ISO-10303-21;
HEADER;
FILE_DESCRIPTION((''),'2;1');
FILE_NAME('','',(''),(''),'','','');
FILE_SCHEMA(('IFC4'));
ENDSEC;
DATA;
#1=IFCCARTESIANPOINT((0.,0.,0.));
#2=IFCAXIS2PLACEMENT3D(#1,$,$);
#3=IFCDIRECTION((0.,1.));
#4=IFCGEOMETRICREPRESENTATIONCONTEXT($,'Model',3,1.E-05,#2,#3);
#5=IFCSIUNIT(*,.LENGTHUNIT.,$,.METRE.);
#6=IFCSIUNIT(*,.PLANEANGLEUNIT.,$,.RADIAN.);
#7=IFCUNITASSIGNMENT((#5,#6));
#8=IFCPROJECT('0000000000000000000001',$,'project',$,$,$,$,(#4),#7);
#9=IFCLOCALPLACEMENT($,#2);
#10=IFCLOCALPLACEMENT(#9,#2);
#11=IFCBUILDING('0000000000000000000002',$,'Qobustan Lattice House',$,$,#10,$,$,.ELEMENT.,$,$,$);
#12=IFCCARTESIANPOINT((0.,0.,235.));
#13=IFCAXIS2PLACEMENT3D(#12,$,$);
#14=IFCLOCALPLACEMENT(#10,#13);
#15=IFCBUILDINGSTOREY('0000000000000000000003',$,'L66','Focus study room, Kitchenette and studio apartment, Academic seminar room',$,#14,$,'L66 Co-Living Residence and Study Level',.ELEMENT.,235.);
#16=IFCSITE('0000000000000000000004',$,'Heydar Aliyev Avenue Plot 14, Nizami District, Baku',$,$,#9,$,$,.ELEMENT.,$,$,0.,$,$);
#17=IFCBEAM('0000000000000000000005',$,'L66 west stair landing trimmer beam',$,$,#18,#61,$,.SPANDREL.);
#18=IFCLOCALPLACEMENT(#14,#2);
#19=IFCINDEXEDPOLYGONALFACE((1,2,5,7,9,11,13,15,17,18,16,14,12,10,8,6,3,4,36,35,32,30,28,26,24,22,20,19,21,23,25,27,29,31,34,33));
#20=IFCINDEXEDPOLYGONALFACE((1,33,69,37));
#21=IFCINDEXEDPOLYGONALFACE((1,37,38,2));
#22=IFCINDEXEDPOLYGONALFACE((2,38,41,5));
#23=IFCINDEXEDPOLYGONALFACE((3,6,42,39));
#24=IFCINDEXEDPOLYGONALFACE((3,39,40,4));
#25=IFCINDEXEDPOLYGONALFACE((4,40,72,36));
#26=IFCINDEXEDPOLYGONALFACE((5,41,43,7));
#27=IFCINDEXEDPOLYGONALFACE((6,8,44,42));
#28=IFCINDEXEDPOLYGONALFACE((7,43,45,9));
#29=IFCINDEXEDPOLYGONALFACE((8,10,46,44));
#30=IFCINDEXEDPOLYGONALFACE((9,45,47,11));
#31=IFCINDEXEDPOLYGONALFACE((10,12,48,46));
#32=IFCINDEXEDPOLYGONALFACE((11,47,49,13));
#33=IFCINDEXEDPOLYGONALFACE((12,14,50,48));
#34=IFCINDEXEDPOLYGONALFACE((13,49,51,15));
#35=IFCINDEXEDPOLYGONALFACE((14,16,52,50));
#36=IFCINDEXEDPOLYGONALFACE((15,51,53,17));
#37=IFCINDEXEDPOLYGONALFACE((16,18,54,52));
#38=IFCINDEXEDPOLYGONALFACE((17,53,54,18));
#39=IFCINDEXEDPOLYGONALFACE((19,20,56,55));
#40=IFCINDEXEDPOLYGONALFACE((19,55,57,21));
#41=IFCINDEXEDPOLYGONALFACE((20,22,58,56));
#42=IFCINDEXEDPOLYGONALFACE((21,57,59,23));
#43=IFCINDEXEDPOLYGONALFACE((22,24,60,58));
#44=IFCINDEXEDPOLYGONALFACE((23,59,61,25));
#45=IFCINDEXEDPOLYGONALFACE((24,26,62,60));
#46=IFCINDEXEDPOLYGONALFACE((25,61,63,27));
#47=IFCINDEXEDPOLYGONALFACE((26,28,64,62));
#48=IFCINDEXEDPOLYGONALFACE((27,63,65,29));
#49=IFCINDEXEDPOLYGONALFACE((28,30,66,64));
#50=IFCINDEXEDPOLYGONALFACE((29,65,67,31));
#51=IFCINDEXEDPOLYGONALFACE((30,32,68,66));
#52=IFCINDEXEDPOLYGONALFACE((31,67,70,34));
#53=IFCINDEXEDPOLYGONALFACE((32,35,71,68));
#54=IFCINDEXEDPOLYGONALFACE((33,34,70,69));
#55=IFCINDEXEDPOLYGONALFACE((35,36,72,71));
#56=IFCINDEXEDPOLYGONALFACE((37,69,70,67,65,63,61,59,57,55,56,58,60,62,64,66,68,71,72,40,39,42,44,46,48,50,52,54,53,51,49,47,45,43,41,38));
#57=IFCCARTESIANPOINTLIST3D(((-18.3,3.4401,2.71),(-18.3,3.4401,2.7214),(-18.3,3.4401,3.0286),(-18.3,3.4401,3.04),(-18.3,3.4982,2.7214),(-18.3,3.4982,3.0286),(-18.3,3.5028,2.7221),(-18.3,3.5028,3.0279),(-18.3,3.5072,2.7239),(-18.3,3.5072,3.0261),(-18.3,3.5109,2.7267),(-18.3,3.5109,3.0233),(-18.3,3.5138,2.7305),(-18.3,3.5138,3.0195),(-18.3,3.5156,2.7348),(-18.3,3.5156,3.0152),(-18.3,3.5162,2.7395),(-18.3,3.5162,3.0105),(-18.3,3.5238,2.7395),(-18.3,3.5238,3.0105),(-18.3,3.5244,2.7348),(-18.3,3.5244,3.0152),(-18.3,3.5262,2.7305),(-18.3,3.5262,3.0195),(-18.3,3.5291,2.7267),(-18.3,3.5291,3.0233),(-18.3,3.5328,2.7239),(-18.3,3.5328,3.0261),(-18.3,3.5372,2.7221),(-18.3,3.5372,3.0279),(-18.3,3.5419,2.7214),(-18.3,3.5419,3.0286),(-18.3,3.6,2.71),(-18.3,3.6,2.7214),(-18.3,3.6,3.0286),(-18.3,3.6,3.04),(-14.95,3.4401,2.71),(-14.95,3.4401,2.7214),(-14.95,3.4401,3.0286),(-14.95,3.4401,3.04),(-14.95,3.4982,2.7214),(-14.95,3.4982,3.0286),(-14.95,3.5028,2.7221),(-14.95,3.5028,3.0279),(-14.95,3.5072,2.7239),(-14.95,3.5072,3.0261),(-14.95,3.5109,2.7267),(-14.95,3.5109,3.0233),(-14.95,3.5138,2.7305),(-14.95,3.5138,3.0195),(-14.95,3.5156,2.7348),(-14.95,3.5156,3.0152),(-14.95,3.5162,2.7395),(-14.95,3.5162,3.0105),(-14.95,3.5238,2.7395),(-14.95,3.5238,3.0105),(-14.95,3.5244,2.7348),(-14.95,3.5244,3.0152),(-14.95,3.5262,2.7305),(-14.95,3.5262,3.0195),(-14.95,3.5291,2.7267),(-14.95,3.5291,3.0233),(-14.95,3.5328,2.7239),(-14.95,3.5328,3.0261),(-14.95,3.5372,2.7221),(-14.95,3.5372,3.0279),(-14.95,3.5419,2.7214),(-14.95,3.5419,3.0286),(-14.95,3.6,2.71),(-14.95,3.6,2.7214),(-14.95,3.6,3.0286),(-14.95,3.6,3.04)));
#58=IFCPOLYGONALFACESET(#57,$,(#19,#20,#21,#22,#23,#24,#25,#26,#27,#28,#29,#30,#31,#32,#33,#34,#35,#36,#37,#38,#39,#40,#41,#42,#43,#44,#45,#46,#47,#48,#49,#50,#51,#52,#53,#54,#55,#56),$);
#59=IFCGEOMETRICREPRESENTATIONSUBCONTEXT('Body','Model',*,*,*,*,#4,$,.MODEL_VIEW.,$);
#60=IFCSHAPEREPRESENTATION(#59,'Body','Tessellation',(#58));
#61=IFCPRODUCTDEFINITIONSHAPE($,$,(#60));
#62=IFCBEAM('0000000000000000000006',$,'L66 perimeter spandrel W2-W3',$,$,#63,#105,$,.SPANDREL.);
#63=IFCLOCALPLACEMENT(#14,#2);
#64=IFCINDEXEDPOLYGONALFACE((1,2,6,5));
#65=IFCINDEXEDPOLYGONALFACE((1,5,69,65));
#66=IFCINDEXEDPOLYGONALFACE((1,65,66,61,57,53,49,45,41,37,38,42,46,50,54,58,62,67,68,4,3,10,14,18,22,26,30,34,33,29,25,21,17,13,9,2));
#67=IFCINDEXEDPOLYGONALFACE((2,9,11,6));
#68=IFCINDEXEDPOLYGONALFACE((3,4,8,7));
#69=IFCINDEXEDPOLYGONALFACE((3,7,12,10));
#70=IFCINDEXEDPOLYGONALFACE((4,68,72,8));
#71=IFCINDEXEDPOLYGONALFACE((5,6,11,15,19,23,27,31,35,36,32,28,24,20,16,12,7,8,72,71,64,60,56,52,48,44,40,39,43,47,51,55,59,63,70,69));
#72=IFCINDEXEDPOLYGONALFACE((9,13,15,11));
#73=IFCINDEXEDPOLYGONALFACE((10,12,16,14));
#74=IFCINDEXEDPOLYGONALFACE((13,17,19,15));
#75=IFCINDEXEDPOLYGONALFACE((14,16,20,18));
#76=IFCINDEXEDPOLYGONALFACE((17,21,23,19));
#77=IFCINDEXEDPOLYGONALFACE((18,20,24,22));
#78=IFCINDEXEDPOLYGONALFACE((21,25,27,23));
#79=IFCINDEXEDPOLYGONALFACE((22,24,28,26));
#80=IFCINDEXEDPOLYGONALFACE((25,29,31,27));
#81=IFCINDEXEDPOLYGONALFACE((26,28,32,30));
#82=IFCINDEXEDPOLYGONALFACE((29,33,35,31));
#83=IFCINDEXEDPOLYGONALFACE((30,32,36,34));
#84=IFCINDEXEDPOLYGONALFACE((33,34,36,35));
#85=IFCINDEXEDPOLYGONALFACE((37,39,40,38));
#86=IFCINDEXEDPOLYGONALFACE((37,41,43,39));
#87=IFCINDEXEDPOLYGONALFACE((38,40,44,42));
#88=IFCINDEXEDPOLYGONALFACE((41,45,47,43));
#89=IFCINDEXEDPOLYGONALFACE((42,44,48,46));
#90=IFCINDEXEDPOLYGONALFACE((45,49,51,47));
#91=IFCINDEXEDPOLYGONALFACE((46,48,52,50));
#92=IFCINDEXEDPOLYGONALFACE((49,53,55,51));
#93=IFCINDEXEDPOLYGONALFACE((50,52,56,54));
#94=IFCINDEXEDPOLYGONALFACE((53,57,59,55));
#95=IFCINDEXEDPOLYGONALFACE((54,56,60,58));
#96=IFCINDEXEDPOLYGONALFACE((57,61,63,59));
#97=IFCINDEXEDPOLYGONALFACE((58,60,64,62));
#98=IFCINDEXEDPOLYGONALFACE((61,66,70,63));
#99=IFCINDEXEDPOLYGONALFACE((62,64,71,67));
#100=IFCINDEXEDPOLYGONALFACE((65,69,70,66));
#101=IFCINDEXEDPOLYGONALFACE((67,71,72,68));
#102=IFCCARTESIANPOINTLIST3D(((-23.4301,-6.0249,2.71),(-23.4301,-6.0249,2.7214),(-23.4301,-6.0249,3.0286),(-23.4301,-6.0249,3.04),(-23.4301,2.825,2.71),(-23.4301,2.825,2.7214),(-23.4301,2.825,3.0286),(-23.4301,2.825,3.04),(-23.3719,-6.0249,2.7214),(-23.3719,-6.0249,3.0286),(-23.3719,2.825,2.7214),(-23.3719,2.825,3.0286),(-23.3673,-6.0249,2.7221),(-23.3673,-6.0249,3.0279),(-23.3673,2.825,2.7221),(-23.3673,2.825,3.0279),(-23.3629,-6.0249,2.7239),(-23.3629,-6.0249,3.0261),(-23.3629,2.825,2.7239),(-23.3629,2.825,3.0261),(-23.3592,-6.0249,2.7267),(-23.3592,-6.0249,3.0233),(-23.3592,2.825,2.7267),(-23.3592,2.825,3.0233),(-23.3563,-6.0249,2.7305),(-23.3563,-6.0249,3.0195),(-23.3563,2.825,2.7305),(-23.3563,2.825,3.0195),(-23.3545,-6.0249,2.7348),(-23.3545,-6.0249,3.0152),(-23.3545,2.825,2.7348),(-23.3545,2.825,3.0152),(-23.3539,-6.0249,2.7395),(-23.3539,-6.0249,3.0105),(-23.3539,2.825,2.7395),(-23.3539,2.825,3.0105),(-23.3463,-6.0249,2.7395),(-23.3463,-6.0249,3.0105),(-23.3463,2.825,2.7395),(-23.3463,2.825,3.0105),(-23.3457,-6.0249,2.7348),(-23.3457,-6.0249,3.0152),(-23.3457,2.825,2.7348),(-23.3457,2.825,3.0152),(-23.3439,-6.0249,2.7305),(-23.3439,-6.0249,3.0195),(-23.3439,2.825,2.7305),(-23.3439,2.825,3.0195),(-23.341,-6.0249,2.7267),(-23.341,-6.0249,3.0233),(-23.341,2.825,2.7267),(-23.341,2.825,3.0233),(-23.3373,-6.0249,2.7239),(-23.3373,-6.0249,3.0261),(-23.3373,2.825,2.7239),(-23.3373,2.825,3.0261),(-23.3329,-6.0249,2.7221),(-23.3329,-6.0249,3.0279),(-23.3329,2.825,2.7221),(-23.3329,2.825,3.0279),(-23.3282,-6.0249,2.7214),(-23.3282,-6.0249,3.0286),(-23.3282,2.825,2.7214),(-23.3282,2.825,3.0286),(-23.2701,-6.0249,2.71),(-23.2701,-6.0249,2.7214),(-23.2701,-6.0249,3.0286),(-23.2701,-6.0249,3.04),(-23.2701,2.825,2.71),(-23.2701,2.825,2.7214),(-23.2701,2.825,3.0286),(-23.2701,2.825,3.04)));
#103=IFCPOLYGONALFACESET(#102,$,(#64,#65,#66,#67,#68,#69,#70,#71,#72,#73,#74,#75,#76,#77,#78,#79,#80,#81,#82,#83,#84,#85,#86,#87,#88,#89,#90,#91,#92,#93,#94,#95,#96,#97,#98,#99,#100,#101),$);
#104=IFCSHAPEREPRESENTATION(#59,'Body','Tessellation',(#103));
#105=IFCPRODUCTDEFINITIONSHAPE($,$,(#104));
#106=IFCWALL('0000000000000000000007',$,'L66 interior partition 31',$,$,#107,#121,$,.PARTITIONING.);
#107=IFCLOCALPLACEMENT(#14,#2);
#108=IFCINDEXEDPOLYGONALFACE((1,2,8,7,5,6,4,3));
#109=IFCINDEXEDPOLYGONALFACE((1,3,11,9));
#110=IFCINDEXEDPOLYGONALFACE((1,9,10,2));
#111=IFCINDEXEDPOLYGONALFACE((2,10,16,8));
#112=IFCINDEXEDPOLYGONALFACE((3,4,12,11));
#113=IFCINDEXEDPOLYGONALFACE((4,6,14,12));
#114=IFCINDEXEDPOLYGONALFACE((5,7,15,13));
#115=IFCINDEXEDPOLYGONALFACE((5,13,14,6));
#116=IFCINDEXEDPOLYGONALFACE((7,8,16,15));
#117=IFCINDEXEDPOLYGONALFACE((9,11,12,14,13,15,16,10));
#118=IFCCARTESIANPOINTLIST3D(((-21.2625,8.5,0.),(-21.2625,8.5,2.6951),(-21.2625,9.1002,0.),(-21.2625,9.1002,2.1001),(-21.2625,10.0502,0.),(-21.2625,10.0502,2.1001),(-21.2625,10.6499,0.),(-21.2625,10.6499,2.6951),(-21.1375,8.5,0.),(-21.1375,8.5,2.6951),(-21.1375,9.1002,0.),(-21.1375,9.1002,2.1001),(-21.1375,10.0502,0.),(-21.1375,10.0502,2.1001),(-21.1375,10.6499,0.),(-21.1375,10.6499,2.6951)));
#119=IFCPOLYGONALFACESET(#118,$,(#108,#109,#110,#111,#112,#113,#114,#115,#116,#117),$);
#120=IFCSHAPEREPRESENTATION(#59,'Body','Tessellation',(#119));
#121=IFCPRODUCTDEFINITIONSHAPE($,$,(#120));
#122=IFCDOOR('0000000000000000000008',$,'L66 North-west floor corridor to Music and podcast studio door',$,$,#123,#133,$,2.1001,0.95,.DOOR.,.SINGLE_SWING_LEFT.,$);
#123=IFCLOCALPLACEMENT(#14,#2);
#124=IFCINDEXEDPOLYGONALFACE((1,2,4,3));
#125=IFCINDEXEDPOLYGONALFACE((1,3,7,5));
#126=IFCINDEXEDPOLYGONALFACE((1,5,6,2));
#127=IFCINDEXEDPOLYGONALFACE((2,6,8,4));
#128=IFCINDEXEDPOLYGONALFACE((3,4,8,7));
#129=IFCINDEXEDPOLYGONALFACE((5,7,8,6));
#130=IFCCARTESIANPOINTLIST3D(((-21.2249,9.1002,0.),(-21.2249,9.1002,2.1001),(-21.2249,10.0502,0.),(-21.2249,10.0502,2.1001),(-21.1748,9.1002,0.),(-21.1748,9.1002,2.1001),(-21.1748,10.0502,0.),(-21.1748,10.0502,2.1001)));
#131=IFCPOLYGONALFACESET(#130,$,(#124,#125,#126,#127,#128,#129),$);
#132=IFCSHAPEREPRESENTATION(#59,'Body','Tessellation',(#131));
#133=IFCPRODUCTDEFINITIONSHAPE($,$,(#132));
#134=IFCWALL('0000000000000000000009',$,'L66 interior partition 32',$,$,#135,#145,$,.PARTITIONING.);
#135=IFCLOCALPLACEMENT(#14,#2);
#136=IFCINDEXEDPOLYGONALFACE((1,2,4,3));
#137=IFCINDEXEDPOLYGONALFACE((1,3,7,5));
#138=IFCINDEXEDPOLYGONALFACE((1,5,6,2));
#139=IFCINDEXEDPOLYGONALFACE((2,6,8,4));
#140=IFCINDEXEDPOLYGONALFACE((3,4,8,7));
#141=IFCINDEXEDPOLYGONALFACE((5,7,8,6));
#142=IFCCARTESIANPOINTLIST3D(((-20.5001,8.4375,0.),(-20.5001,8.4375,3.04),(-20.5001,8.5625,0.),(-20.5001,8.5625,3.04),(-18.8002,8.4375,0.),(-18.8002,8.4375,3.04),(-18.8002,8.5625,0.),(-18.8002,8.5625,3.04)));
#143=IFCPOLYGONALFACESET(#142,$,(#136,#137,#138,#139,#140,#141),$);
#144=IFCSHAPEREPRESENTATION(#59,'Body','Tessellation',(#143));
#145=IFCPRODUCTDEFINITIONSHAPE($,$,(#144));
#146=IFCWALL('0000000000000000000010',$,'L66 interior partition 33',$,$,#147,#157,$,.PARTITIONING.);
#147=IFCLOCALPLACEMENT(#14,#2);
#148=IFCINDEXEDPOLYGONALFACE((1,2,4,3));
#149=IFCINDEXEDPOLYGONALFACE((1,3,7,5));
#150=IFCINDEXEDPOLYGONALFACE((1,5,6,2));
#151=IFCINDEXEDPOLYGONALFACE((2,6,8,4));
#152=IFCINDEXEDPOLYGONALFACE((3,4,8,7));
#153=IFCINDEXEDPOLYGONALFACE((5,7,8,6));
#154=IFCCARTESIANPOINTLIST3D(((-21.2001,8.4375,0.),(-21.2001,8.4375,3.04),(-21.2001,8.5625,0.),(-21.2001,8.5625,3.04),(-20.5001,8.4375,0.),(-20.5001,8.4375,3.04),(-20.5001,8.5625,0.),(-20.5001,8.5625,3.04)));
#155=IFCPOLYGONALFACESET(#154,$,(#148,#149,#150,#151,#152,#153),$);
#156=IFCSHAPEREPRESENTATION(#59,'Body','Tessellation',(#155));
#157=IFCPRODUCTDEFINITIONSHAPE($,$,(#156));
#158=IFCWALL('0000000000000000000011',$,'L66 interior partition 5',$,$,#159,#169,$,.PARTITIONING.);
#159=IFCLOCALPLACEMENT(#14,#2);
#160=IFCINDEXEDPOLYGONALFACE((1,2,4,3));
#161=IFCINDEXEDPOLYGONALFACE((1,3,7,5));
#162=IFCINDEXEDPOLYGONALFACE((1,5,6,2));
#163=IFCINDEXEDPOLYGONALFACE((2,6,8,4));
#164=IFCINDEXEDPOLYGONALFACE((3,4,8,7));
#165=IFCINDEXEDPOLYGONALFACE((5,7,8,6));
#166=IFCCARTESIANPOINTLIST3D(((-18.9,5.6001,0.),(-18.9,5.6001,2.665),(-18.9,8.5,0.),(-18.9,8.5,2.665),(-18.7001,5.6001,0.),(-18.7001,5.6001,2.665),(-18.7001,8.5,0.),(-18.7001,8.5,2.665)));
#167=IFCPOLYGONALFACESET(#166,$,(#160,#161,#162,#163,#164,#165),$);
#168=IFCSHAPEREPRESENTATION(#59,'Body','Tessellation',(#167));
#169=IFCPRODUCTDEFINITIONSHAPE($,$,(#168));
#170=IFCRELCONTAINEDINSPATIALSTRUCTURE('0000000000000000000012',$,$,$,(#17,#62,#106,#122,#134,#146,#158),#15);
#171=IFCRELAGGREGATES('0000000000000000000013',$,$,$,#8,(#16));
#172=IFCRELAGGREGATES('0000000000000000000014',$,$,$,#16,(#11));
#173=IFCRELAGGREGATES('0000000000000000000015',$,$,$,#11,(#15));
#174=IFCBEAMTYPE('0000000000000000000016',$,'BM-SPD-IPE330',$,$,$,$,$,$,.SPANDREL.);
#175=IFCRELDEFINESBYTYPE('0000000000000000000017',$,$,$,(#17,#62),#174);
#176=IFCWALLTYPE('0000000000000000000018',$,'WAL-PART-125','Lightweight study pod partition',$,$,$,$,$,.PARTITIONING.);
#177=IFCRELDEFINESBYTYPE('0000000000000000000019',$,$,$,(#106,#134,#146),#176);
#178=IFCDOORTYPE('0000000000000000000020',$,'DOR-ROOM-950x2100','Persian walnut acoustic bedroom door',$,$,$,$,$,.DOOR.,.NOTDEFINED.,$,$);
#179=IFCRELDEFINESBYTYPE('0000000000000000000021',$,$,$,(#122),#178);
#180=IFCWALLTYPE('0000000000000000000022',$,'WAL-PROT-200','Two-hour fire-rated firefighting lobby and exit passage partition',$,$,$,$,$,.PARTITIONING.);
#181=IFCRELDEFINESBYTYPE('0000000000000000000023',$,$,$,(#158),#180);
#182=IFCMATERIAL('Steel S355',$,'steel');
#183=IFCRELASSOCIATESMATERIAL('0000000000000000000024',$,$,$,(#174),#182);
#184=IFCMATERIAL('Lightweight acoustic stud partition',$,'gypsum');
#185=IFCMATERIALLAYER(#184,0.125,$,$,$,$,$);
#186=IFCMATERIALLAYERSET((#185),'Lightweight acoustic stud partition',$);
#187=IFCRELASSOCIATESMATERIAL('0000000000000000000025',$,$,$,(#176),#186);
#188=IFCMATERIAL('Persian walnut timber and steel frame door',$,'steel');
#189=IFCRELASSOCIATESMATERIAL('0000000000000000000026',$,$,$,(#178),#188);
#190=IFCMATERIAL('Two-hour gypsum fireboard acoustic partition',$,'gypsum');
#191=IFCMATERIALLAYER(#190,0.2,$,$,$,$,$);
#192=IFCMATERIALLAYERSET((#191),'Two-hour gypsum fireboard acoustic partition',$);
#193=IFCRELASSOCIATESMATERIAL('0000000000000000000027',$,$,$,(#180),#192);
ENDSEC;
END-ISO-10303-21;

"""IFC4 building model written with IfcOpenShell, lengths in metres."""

from ifc_helpers import new_model, si_unit, direction, frame, frame_2d, origin, origin_2d, place, context, subcontext, project, spatial, rectangle, i_section, extrude, material, layer, layer_set, material_profile, profile_set, type_object, element, fill, save


model = new_model("IFC4")

# Units and contexts
model_context = context("Model", 3, precision=1e-05, world=origin(), true_north=direction((0.0, 1.0)))
body_context = subcontext(model_context, "Body", "Model", "MODEL_VIEW")
ifc_project = project(units=[si_unit("LENGTHUNIT", "METRE"), si_unit("PLANEANGLEUNIT", "RADIAN")], contexts=[model_context])

# Site, building, storey
site_placement = place(None, origin())
site = spatial("IfcSite", under=ifc_project, at=site_placement, Name="Heydar Aliyev Avenue Plot 14, Nizami District, Baku", CompositionType="ELEMENT", RefElevation=0.0)
building_placement = place(site_placement, origin())
building = spatial("IfcBuilding", under=site, at=building_placement, Name="Qobustan Lattice House", CompositionType="ELEMENT")
storey_placement = place(building_placement, frame((0.0, 0.0, 235.0)))
storey = spatial("IfcBuildingStorey", under=building, at=storey_placement, Name="L66", Description="Focus study room, Kitchenette and studio apartment, Academic seminar room", LongName="L66 Co-Living Residence and Study Level", CompositionType="ELEMENT", Elevation=235.0)

# Beams
ifc_material_1 = material(Name="Steel S355", Category="steel")
ifc_material_profile_1 = material_profile(ifc_material_1, i_section(OverallWidth=0.1599, OverallDepth=0.3301, WebThickness=0.0076, FlangeThickness=0.0115, FilletRadius=0.0181, at=origin_2d()), Name="IPE330")
ifc_profile_set_1 = profile_set([ifc_material_profile_1], Name="Steel S355")
beam_type_1 = type_object("IfcBeamType", Name="BM-SPD-IPE330", PredefinedType="SPANDREL", material=ifc_profile_set_1)
beam_1_placement = place(storey_placement, frame((-18.3, 3.52, 2.875), z_axis=(1.0, 0.0, 0.0), x_axis=(0.0, 1.0, 0.0)))
element("IfcBeam", 1, at=beam_1_placement, inside=storey, type_object=beam_type_1, Name="L66 west stair landing trimmer beam", PredefinedType="SPANDREL", context=body_context, shape_type="SweptSolid", body=[
    extrude(i_section(OverallWidth=0.1599, OverallDepth=0.3301, WebThickness=0.0076, FlangeThickness=0.0115, FilletRadius=0.0181, at=origin_2d()), origin(), (0.0, 0.0, 1.0), 3.3501),
])
beam_2_placement = place(storey_placement, frame((-23.3501, 2.825, 2.875), z_axis=(0.0, -1.0, 0.0), x_axis=(1.0, 0.0, 0.0)))
element("IfcBeam", 2, at=beam_2_placement, inside=storey, type_object=beam_type_1, Name="L66 perimeter spandrel W2-W3", PredefinedType="SPANDREL", context=body_context, shape_type="SweptSolid", body=[
    extrude(i_section(OverallWidth=0.1599, OverallDepth=0.3301, WebThickness=0.0076, FlangeThickness=0.0115, FilletRadius=0.0181, at=origin_2d()), origin(), (0.0, 0.0, 1.0), 8.8499),
])

# Wall, opening, door
ifc_material_2 = material(Name="Lightweight acoustic stud partition", Category="gypsum")
ifc_layer_1 = layer(ifc_material_2, 0.125)
ifc_layer_set_1 = layer_set([ifc_layer_1], Name="Lightweight acoustic stud partition")
wall_type_1 = type_object("IfcWallType", Name="WAL-PART-125", Description="Lightweight study pod partition", PredefinedType="PARTITIONING", material=ifc_layer_set_1)
wall_1_placement = place(storey_placement, frame((-21.2, 8.5, 0.0), z_axis=(0.0, 0.0, 1.0), x_axis=(0.0, 1.0, 0.0)))
wall_1 = element("IfcWall", 3, at=wall_1_placement, inside=storey, type_object=wall_type_1, Name="L66 interior partition 31", PredefinedType="PARTITIONING", context=body_context, shape_type="SweptSolid", body=[
    extrude(rectangle(XDim=2.1499, YDim=0.125, at=frame_2d((1.075, 0.0))), origin(), (0.0, 0.0, 1.0), 2.6951),
])
opening_1_placement = place(wall_1_placement, frame((0.6001, 0.0, 0.0)))
opening_1 = element("IfcOpeningElement", 4, at=opening_1_placement, cuts=wall_1, PredefinedType="OPENING", context=body_context, shape_type="SweptSolid", body=[
    extrude(rectangle(XDim=0.95, YDim=2.1001, at=frame_2d((0.4751, 1.05))), frame((0.0, 0.0725, 0.0), z_axis=(0.0, -1.0, 0.0), x_axis=(1.0, 0.0, 0.0)), (0.0, 0.0, 1.0), 0.145),
])
ifc_material_3 = material(Name="Persian walnut timber and steel frame door", Category="steel")
door_type_1 = type_object("IfcDoorType", Name="DOR-ROOM-950x2100", Description="Persian walnut acoustic bedroom door", OperationType="NOTDEFINED", PredefinedType="DOOR", material=ifc_material_3)
door_1_placement = place(opening_1_placement, origin())
door_1 = element("IfcDoor", 5, at=door_1_placement, inside=storey, type_object=door_type_1, Name="L66 North-west floor corridor to Music and podcast studio door", OperationType="SINGLE_SWING_LEFT", OverallHeight=2.1001, OverallWidth=0.95, PredefinedType="DOOR", context=body_context, shape_type="SweptSolid", body=[
    extrude(rectangle(XDim=0.95, YDim=2.1001, at=frame_2d((0.4751, 1.05))), frame((0.0, 0.0249, 0.0), z_axis=(0.0, -1.0, 0.0), x_axis=(1.0, 0.0, 0.0)), (0.0, 0.0, 1.0), 0.05),
])
fill(opening_1, door_1)

# Walls
wall_2_placement = place(storey_placement, frame((-18.8, 8.5, 0.0), z_axis=(0.0, 0.0, 1.0), x_axis=(-1.0, 0.0, 0.0)))
element("IfcWall", 6, at=wall_2_placement, inside=storey, type_object=wall_type_1, Name="L66 interior partition 32", PredefinedType="PARTITIONING", context=body_context, shape_type="SweptSolid", body=[
    extrude(rectangle(XDim=1.7, YDim=0.125, at=frame_2d((0.8501, 0.0))), origin(), (0.0, 0.0, 1.0), 3.04),
])
wall_3_placement = place(storey_placement, frame((-20.5, 8.5, 0.0), z_axis=(0.0, 0.0, 1.0), x_axis=(-1.0, 0.0, 0.0)))
element("IfcWall", 7, at=wall_3_placement, inside=storey, type_object=wall_type_1, Name="L66 interior partition 33", PredefinedType="PARTITIONING", context=body_context, shape_type="SweptSolid", body=[
    extrude(rectangle(XDim=0.7, YDim=0.125, at=frame_2d((0.3501, 0.0))), origin(), (0.0, 0.0, 1.0), 3.04),
])
ifc_material_4 = material(Name="Two-hour gypsum fireboard acoustic partition", Category="gypsum")
ifc_layer_2 = layer(ifc_material_4, 0.2)
ifc_layer_set_2 = layer_set([ifc_layer_2], Name="Two-hour gypsum fireboard acoustic partition")
wall_type_2 = type_object("IfcWallType", Name="WAL-PROT-200", Description="Two-hour fire-rated firefighting lobby and exit passage partition", PredefinedType="PARTITIONING", material=ifc_layer_set_2)
wall_4_placement = place(storey_placement, frame((-18.8, 8.5, 0.0), z_axis=(0.0, 0.0, 1.0), x_axis=(0.0, -1.0, 0.0)))
element("IfcWall", 8, at=wall_4_placement, inside=storey, type_object=wall_type_2, Name="L66 interior partition 5", PredefinedType="PARTITIONING", context=body_context, shape_type="SweptSolid", body=[
    extrude(rectangle(XDim=2.8999, YDim=0.2, at=frame_2d((1.45, 0.0))), origin(), (0.0, 0.0, 1.0), 2.665),
])

save(model, "model.ifc")
